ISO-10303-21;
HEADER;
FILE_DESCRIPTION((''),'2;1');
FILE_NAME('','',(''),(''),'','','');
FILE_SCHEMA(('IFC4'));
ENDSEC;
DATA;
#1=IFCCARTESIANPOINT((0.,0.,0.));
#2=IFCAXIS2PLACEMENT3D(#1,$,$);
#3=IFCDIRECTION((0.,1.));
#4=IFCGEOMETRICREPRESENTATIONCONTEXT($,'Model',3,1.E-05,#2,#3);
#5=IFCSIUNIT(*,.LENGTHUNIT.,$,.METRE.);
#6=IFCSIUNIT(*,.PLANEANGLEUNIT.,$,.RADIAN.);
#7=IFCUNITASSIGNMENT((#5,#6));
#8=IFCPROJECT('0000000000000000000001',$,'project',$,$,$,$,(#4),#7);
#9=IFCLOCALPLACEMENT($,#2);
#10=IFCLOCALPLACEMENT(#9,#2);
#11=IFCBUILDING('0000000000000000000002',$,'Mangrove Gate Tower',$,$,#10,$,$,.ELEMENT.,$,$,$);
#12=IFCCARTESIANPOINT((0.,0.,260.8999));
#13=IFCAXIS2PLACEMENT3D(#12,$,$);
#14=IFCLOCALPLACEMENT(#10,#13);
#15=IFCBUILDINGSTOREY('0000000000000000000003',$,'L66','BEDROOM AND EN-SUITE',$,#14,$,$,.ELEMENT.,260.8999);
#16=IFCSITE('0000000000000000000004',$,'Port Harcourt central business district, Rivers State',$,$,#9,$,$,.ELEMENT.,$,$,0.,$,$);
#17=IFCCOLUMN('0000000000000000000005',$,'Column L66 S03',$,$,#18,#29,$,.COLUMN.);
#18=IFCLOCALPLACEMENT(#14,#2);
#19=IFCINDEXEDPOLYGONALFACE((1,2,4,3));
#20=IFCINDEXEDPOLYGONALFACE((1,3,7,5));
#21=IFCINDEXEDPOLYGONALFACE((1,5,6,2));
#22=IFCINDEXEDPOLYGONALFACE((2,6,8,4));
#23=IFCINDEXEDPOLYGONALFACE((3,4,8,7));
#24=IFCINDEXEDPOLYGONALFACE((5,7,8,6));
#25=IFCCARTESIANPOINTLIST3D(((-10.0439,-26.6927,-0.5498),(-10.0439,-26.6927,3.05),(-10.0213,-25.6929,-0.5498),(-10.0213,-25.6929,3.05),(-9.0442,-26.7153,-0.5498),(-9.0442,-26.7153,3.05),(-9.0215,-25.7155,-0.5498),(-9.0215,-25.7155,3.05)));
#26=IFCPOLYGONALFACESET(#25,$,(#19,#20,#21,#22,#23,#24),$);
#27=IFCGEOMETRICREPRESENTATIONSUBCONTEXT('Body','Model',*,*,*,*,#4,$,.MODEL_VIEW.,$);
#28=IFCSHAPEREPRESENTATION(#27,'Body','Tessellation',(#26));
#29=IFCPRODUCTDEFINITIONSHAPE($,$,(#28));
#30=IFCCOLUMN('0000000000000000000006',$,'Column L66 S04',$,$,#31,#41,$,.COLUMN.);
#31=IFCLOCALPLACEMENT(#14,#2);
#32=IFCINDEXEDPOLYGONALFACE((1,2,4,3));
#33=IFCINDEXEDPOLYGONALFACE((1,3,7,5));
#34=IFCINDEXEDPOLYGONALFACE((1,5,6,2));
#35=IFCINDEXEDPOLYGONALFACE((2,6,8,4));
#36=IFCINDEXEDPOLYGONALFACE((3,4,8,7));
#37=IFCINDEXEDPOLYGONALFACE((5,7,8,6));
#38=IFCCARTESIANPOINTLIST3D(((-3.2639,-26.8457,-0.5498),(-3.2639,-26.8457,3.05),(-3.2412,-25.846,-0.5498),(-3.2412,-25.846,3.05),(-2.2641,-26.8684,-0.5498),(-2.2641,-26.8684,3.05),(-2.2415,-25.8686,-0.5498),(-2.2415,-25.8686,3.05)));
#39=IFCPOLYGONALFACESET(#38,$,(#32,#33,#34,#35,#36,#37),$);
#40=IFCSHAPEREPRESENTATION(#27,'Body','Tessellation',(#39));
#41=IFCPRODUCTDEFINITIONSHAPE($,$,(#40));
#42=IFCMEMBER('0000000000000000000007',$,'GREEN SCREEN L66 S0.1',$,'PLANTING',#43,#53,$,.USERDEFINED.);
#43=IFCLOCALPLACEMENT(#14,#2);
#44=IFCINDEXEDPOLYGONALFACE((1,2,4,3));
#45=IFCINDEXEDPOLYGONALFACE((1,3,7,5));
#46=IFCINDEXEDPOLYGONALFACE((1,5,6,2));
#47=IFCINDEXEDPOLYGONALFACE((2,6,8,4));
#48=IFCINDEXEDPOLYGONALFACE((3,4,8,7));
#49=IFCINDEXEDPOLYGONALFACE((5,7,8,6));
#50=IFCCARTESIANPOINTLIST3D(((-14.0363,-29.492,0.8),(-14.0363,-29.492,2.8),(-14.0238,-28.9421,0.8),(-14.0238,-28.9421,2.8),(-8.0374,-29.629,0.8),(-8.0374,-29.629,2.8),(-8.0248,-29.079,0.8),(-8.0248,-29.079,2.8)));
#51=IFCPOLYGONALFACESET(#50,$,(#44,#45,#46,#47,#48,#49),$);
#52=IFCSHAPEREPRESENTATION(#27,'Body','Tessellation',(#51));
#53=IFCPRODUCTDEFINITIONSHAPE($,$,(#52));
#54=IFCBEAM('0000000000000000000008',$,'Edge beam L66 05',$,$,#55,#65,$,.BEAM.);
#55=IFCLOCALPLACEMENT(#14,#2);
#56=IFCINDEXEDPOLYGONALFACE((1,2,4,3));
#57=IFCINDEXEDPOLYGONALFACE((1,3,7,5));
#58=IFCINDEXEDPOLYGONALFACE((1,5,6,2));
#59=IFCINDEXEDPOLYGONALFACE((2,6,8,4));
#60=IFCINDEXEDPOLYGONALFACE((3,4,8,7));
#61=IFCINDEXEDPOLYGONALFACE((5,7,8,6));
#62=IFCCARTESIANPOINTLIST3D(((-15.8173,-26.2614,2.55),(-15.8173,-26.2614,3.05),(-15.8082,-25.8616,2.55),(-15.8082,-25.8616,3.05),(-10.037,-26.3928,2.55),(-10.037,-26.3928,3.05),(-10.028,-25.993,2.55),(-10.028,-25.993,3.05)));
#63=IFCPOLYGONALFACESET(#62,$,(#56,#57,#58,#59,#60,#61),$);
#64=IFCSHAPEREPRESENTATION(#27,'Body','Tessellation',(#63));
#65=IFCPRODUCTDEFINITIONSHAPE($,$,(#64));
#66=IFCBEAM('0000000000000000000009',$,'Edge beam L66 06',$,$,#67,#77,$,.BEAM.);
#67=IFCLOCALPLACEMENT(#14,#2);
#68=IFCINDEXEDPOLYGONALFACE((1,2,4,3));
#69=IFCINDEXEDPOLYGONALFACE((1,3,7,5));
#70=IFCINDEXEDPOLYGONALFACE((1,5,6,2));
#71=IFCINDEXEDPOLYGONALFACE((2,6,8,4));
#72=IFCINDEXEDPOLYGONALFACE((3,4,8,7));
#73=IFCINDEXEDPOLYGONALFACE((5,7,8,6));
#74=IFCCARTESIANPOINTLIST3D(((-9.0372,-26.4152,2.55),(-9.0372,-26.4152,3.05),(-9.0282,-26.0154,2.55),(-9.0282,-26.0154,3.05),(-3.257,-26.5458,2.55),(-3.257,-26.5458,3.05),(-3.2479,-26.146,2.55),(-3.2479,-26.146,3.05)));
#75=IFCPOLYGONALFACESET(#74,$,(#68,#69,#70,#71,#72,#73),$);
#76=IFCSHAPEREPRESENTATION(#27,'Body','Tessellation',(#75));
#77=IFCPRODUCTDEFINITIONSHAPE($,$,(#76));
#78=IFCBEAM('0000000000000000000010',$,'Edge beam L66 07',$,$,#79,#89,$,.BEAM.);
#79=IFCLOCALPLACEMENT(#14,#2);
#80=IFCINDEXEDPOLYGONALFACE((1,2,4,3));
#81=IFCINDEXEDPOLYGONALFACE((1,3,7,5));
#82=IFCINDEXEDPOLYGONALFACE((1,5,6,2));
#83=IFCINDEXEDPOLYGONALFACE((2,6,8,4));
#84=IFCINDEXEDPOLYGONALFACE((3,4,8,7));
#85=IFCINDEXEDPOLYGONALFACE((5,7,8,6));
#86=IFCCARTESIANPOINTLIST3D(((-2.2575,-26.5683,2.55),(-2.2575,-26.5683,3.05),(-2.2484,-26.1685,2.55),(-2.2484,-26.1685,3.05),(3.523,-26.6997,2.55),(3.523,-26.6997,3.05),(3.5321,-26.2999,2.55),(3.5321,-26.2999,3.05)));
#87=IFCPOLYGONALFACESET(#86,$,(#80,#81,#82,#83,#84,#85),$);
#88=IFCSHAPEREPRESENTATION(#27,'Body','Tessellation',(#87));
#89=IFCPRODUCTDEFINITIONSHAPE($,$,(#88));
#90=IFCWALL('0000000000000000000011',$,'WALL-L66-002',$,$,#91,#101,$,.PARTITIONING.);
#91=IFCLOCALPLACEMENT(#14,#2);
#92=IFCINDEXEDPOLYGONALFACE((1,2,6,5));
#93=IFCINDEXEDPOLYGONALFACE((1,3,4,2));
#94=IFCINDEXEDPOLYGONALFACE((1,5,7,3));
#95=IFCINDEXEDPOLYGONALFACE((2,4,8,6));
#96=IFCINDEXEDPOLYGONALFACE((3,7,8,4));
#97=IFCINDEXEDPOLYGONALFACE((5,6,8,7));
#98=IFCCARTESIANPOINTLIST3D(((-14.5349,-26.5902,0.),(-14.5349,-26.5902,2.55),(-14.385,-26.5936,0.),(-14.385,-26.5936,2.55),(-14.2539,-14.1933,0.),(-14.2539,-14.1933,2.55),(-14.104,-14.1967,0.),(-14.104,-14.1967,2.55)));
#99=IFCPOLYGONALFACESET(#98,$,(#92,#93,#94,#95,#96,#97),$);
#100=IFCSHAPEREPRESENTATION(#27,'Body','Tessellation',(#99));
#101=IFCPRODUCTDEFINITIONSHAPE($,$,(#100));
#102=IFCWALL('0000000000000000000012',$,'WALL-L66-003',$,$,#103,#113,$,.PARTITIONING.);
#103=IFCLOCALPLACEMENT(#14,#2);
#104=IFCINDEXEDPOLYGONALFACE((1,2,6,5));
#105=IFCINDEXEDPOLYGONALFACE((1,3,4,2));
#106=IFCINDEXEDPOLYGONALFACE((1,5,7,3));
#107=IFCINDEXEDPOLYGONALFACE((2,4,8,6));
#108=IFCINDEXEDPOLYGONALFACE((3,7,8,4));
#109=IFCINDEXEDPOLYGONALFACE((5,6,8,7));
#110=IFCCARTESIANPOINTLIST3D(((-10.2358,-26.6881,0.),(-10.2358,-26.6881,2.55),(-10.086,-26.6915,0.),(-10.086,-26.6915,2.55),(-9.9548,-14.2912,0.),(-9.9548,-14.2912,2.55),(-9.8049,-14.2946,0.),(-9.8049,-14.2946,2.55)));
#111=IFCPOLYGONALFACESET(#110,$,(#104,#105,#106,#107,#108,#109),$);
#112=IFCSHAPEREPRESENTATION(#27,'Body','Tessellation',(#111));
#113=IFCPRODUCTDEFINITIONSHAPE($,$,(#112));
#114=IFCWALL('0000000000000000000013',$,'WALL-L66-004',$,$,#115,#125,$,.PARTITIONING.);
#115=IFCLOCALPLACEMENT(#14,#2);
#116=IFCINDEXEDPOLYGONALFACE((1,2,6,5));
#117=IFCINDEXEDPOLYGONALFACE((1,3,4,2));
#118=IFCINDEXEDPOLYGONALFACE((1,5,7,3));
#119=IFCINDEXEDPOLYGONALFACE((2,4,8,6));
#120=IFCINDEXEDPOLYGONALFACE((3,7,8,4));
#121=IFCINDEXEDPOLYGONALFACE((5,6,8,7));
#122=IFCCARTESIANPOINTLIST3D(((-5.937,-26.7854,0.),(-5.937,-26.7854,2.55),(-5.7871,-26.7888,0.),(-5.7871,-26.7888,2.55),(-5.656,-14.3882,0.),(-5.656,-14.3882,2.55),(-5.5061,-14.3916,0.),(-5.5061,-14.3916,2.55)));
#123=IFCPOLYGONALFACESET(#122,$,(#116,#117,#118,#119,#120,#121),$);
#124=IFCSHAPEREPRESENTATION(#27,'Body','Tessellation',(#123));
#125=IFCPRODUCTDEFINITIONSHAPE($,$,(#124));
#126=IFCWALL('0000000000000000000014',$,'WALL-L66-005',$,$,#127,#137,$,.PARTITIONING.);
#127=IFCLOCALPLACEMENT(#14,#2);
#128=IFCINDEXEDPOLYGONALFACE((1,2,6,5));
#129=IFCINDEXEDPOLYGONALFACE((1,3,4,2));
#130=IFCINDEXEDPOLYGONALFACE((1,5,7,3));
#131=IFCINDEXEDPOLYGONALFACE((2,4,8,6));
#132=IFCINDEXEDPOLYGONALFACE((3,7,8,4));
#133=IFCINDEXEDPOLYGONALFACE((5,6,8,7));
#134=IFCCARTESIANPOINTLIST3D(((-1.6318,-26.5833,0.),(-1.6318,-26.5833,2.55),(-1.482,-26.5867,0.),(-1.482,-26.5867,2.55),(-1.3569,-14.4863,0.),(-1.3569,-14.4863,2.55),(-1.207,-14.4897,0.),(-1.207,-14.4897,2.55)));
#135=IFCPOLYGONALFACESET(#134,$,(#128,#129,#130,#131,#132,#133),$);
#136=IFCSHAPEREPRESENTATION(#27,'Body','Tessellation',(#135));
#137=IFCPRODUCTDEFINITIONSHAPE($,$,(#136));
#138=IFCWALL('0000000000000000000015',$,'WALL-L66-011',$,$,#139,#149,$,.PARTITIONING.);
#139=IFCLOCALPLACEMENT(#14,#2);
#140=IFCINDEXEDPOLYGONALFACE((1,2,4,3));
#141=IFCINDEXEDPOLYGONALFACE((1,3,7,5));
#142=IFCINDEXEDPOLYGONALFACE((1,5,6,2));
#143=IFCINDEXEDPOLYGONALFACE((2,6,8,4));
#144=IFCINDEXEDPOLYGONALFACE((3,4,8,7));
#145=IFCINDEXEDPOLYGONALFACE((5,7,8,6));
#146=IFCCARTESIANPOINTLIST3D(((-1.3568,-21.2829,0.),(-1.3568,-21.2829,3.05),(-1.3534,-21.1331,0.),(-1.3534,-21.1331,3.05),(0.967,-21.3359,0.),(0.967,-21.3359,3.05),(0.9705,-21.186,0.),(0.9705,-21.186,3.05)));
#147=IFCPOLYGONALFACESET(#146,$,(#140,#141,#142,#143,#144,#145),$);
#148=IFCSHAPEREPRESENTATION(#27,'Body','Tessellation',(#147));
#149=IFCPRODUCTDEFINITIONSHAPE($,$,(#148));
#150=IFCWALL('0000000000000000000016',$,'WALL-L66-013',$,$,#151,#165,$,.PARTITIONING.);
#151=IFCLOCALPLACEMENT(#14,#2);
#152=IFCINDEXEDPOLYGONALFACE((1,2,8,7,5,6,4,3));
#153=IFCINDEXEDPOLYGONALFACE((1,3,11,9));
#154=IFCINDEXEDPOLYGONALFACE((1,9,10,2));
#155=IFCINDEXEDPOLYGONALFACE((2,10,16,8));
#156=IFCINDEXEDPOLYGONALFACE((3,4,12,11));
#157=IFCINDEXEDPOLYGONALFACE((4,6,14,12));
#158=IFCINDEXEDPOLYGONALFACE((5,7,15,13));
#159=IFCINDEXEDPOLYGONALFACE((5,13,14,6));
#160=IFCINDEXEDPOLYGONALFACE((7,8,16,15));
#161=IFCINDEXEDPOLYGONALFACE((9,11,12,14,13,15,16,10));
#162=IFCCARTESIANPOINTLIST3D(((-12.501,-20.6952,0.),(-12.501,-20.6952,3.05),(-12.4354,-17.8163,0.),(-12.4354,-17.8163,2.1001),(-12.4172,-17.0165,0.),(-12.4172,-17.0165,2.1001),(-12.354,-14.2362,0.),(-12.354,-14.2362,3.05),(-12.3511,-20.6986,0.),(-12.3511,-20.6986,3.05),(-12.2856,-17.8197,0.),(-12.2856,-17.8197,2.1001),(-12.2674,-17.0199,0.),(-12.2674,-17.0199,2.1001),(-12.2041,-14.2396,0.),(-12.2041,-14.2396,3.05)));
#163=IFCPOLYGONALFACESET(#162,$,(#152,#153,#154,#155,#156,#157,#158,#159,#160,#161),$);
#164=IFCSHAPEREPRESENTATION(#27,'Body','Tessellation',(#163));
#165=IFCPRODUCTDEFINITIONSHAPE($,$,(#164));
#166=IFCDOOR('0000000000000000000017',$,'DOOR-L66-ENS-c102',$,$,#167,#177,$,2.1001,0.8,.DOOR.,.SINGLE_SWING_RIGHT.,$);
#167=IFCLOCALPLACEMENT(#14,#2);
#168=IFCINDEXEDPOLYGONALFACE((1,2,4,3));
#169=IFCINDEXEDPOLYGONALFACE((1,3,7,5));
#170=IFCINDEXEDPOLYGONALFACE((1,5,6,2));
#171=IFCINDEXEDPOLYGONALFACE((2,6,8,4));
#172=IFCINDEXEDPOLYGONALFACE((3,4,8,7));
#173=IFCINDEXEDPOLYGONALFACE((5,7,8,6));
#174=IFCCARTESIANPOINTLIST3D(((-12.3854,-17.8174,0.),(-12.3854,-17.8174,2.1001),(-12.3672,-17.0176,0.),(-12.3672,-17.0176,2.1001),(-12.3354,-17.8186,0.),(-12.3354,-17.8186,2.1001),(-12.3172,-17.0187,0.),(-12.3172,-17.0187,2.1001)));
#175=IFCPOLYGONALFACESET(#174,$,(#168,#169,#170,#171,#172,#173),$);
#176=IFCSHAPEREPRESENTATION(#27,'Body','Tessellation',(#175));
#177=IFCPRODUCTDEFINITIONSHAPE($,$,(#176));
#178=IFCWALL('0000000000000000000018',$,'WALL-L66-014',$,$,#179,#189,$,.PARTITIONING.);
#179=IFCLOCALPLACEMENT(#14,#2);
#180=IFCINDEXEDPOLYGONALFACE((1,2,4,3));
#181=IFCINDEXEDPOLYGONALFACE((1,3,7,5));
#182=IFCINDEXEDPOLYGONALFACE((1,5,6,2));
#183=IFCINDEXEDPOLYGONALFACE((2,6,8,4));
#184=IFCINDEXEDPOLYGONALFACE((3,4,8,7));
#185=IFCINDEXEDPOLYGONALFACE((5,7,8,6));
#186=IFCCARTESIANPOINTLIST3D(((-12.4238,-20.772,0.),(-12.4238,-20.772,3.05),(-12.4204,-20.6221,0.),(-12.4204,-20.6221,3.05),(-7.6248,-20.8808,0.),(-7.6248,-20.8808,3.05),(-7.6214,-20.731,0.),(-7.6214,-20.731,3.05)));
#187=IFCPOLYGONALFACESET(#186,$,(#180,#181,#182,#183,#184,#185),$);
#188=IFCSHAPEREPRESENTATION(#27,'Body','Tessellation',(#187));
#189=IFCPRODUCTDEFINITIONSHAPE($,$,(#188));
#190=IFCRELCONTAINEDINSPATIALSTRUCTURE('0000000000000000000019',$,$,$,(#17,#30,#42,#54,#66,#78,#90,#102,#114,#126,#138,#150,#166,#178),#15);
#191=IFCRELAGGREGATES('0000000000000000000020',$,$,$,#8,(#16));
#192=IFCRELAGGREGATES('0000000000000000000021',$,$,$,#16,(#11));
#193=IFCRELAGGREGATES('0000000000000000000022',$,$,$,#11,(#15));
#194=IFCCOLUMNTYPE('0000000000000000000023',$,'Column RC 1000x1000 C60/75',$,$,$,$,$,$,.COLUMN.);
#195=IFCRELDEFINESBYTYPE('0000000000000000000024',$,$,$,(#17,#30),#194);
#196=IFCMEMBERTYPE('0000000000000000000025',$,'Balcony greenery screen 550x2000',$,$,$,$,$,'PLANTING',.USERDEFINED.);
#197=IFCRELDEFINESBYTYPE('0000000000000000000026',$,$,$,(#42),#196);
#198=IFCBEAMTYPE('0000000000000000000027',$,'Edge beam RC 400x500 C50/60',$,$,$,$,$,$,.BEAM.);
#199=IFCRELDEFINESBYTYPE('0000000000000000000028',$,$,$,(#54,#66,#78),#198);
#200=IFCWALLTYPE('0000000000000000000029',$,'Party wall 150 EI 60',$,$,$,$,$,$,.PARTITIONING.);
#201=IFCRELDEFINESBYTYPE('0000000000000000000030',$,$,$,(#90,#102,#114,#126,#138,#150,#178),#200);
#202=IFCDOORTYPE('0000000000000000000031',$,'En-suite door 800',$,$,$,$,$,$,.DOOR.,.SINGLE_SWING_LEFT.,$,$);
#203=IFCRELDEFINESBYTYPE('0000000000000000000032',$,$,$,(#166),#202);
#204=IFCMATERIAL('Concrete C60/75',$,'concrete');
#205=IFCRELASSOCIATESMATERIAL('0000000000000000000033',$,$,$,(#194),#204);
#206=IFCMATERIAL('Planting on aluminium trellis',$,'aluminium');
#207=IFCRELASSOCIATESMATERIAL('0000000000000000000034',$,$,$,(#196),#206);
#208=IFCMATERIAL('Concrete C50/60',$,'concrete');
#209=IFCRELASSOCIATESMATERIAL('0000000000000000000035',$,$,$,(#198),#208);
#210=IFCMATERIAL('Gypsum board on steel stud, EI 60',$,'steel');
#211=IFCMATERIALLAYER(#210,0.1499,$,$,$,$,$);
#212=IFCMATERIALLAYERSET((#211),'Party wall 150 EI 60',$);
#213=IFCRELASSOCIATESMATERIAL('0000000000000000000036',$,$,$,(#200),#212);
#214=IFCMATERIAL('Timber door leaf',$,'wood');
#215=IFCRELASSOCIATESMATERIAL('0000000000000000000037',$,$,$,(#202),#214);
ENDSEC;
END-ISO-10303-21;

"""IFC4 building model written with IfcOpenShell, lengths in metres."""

from ifc_helpers import new_model, si_unit, direction, frame, frame_2d, origin, origin_2d, place, context, subcontext, project, spatial, rectangle, extrude, material, layer, layer_set, material_profile, profile_set, type_object, element, fill, save


model = new_model("IFC4")

# Units and contexts
model_context = context("Model", 3, precision=1e-05, world=origin(), true_north=direction((0.0, 1.0)))
body_context = subcontext(model_context, "Body", "Model", "MODEL_VIEW")
ifc_project = project(units=[si_unit("LENGTHUNIT", "METRE"), si_unit("PLANEANGLEUNIT", "RADIAN")], contexts=[model_context])

# Site, building, storey
site_placement = place(None, origin())
site = spatial("IfcSite", under=ifc_project, at=site_placement, Name="Port Harcourt central business district, Rivers State", CompositionType="ELEMENT", RefElevation=0.0)
building_placement = place(site_placement, origin())
building = spatial("IfcBuilding", under=site, at=building_placement, Name="Mangrove Gate Tower", CompositionType="ELEMENT")
storey_placement = place(building_placement, frame((0.0, 0.0, 260.8999)))
storey = spatial("IfcBuildingStorey", under=building, at=storey_placement, Name="L66", Description="BEDROOM AND EN-SUITE", CompositionType="ELEMENT", Elevation=260.8999)

# Columns
ifc_material_1 = material(Name="Concrete C60/75", Category="concrete")
ifc_material_profile_1 = material_profile(ifc_material_1, rectangle(XDim=1.0, YDim=1.0, at=origin_2d()))
ifc_profile_set_1 = profile_set([ifc_material_profile_1], Name="Concrete C60/75")
column_type = type_object("IfcColumnType", Name="Column RC 1000x1000 C60/75", PredefinedType="COLUMN", material=ifc_profile_set_1)
for number, where, z_axis, x_axis, name in (
    (1, (-9.5327, -26.2041, -0.5498), (0.0, 0.0, 1.0), (0.999744, -0.022634, 0.0), "Column L66 S03"),
    (2, (-2.7527, -26.3572, -0.5498), (0.0, 0.0, 1.0), (0.999744, -0.022634, 0.0), "Column L66 S04"),
):
    element("IfcColumn", number, at=place(storey_placement, frame(where, z_axis=z_axis, x_axis=x_axis)), inside=storey, type_object=column_type, Name=name, PredefinedType="COLUMN", context=body_context, shape_type="SweptSolid", body=[
        extrude(rectangle(XDim=1.0, YDim=1.0, at=origin_2d()), origin(), (0.0, 0.0, 1.0), 3.5999),
    ])

# Member
ifc_material_2 = material(Name="Planting on aluminium trellis", Category="aluminium")
ifc_material_profile_2 = material_profile(ifc_material_2, rectangle(XDim=0.55, YDim=2.0, at=origin_2d()))
ifc_profile_set_2 = profile_set([ifc_material_profile_2], Name="Planting on aluminium trellis")
member_type = type_object("IfcMemberType", Name="Balcony greenery screen 550x2000", ElementType="PLANTING", PredefinedType="USERDEFINED", material=ifc_profile_set_2)
member_placement = place(storey_placement, frame((-14.03, -29.217, 1.8), z_axis=(0.999739, -0.022825, 0.0), x_axis=(0.022825, 0.999739, 0.0)))
element("IfcMember", 3, at=member_placement, inside=storey, type_object=member_type, Name="GREEN SCREEN L66 S0.1", ObjectType="PLANTING", PredefinedType="USERDEFINED", context=body_context, shape_type="SweptSolid", body=[
    extrude(rectangle(XDim=0.55, YDim=2.0, at=origin_2d()), origin(), (0.0, 0.0, 1.0), 6.0005),
])

# Beams
ifc_material_3 = material(Name="Concrete C50/60", Category="concrete")
ifc_material_profile_3 = material_profile(ifc_material_3, rectangle(XDim=0.3999, YDim=0.5, at=origin_2d()))
ifc_profile_set_3 = profile_set([ifc_material_profile_3], Name="Concrete C50/60")
beam_type = type_object("IfcBeamType", Name="Edge beam RC 400x500 C50/60", PredefinedType="BEAM", material=ifc_profile_set_3)
for number, where, z_axis, x_axis, name in (
    (4, (-15.8127, -26.0615, 2.8), (0.999742, -0.022718, 0.0), (0.022718, 0.999742, 0.0), "Edge beam L66 05"),
    (5, (-9.0327, -26.2153, 2.8), (0.999745, -0.022591, 0.0), (0.022591, 0.999745, 0.0), "Edge beam L66 06"),
):
    element("IfcBeam", number, at=place(storey_placement, frame(where, z_axis=z_axis, x_axis=x_axis)), inside=storey, type_object=beam_type, Name=name, PredefinedType="BEAM", context=body_context, shape_type="SweptSolid", body=[
        extrude(rectangle(XDim=0.3999, YDim=0.5, at=origin_2d()), origin(), (0.0, 0.0, 1.0), 5.7817),
    ])
beam_placement = place(storey_placement, frame((-2.2529, -26.3684, 2.8), z_axis=(0.999742, -0.022717, 0.0), x_axis=(0.022717, 0.999742, 0.0)))
element("IfcBeam", 6, at=beam_placement, inside=storey, type_object=beam_type, Name="Edge beam L66 07", PredefinedType="BEAM", context=body_context, shape_type="SweptSolid", body=[
    extrude(rectangle(XDim=0.3999, YDim=0.5, at=origin_2d()), origin(), (0.0, 0.0, 1.0), 5.782),
])

# Walls
ifc_material_4 = material(Name="Gypsum board on steel stud, EI 60", Category="steel")
ifc_layer_1 = layer(ifc_material_4, 0.1499)
ifc_layer_set_1 = layer_set([ifc_layer_1], Name="Party wall 150 EI 60")
wall_type_1 = type_object("IfcWallType", Name="Party wall 150 EI 60", PredefinedType="PARTITIONING", material=ifc_layer_set_1)
for number, where, z_axis, x_axis, name in (
    (7, (-14.46, -26.592, 0.0), (0.0, 0.0, 1.0), (0.022661, 0.999743, 0.0), "WALL-L66-002"),
    (8, (-10.1609, -26.6899, 0.0), (0.0, 0.0, 1.0), (0.022661, 0.999743, 0.0), "WALL-L66-003"),
):
    element("IfcWall", number, at=place(storey_placement, frame(where, z_axis=z_axis, x_axis=x_axis)), inside=storey, type_object=wall_type_1, Name=name, PredefinedType="PARTITIONING", context=body_context, shape_type="SweptSolid", body=[
        extrude(rectangle(XDim=12.4001, YDim=0.1499, at=frame_2d((6.2002, 0.0))), origin(), (0.0, 0.0, 1.0), 2.55),
    ])
wall_1_placement = place(storey_placement, frame((-5.8621, -26.7871, 0.0), z_axis=(0.0, 0.0, 1.0), x_axis=(0.022661, 0.999743, 0.0)))
element("IfcWall", 9, at=wall_1_placement, inside=storey, type_object=wall_type_1, Name="WALL-L66-004", PredefinedType="PARTITIONING", context=body_context, shape_type="SweptSolid", body=[
    extrude(rectangle(XDim=12.4004, YDim=0.1499, at=frame_2d((6.2002, 0.0))), origin(), (0.0, 0.0, 1.0), 2.55),
])
wall_2_placement = place(storey_placement, frame((-1.5569, -26.585, 0.0), z_axis=(0.0, 0.0, 1.0), x_axis=(0.022719, 0.999742, 0.0)))
element("IfcWall", 10, at=wall_2_placement, inside=storey, type_object=wall_type_1, Name="WALL-L66-005", PredefinedType="PARTITIONING", context=body_context, shape_type="SweptSolid", body=[
    extrude(rectangle(XDim=12.1001, YDim=0.1499, at=frame_2d((6.05, 0.0))), origin(), (0.0, 0.0, 1.0), 2.55),
])
wall_3_placement = place(storey_placement, frame((-1.355, -21.208, 0.0), z_axis=(0.0, 0.0, 1.0), x_axis=(0.99974, -0.022791, 0.0)))
element("IfcWall", 11, at=wall_3_placement, inside=storey, type_object=wall_type_1, Name="WALL-L66-011", PredefinedType="PARTITIONING", context=body_context, shape_type="SweptSolid", body=[
    extrude(rectangle(XDim=2.3245, YDim=0.1499, at=frame_2d((1.1621, 0.0))), origin(), (0.0, 0.0, 1.0), 3.05),
])

# Wall, opening, door
wall_4_placement = place(storey_placement, frame((-12.426, -20.697, 0.0), z_axis=(0.0, 0.0, 1.0), x_axis=(0.022749, 0.999741, 0.0)))
wall_4 = element("IfcWall", 12, at=wall_4_placement, inside=storey, type_object=wall_type_1, Name="WALL-L66-013", PredefinedType="PARTITIONING", context=body_context, shape_type="SweptSolid", body=[
    extrude(rectangle(XDim=6.4607, YDim=0.1499, at=frame_2d((3.2305, 0.0))), origin(), (0.0, 0.0, 1.0), 3.05),
])
opening_1_placement = place(wall_4_placement, frame((2.8799, 0.0, 0.0)))
opening_1 = element("IfcOpeningElement", 13, at=opening_1_placement, cuts=wall_4, PredefinedType="OPENING", context=body_context, shape_type="SweptSolid", body=[
    extrude(rectangle(XDim=0.8, YDim=2.1001, at=frame_2d((0.3999, 1.05))), frame((0.0, 0.085, 0.0), z_axis=(0.0, -1.0, 0.0), x_axis=(1.0, 0.0, 0.0)), (0.0, 0.0, 1.0), 0.1699),
])
ifc_material_5 = material(Name="Timber door leaf", Category="wood")
door_type = type_object("IfcDoorType", Name="En-suite door 800", OperationType="SINGLE_SWING_LEFT", PredefinedType="DOOR", material=ifc_material_5)
door_1_placement = place(opening_1_placement, origin())
door_1 = element("IfcDoor", 14, at=door_1_placement, inside=storey, type_object=door_type, Name="DOOR-L66-ENS-c102", OperationType="SINGLE_SWING_RIGHT", OverallHeight=2.1001, OverallWidth=0.8, PredefinedType="DOOR", context=body_context, shape_type="SweptSolid", body=[
    extrude(rectangle(XDim=0.8, YDim=2.1001, at=frame_2d((0.3999, 1.05))), frame((0.0, 0.0249, 0.0), z_axis=(0.0, -1.0, 0.0), x_axis=(1.0, 0.0, 0.0)), (0.0, 0.0, 1.0), 0.05),
])
fill(opening_1, door_1)

# Wall
wall_5_placement = place(storey_placement, frame((-12.4221, -20.697, 0.0), z_axis=(0.0, 0.0, 1.0), x_axis=(0.999743, -0.022683, 0.0)))
element("IfcWall", 15, at=wall_5_placement, inside=storey, type_object=wall_type_1, Name="WALL-L66-014", PredefinedType="PARTITIONING", context=body_context, shape_type="SweptSolid", body=[
    extrude(rectangle(XDim=4.8003, YDim=0.1499, at=frame_2d((2.4001, 0.0))), origin(), (0.0, 0.0, 1.0), 3.05),
])

save(model, "model.ifc")
